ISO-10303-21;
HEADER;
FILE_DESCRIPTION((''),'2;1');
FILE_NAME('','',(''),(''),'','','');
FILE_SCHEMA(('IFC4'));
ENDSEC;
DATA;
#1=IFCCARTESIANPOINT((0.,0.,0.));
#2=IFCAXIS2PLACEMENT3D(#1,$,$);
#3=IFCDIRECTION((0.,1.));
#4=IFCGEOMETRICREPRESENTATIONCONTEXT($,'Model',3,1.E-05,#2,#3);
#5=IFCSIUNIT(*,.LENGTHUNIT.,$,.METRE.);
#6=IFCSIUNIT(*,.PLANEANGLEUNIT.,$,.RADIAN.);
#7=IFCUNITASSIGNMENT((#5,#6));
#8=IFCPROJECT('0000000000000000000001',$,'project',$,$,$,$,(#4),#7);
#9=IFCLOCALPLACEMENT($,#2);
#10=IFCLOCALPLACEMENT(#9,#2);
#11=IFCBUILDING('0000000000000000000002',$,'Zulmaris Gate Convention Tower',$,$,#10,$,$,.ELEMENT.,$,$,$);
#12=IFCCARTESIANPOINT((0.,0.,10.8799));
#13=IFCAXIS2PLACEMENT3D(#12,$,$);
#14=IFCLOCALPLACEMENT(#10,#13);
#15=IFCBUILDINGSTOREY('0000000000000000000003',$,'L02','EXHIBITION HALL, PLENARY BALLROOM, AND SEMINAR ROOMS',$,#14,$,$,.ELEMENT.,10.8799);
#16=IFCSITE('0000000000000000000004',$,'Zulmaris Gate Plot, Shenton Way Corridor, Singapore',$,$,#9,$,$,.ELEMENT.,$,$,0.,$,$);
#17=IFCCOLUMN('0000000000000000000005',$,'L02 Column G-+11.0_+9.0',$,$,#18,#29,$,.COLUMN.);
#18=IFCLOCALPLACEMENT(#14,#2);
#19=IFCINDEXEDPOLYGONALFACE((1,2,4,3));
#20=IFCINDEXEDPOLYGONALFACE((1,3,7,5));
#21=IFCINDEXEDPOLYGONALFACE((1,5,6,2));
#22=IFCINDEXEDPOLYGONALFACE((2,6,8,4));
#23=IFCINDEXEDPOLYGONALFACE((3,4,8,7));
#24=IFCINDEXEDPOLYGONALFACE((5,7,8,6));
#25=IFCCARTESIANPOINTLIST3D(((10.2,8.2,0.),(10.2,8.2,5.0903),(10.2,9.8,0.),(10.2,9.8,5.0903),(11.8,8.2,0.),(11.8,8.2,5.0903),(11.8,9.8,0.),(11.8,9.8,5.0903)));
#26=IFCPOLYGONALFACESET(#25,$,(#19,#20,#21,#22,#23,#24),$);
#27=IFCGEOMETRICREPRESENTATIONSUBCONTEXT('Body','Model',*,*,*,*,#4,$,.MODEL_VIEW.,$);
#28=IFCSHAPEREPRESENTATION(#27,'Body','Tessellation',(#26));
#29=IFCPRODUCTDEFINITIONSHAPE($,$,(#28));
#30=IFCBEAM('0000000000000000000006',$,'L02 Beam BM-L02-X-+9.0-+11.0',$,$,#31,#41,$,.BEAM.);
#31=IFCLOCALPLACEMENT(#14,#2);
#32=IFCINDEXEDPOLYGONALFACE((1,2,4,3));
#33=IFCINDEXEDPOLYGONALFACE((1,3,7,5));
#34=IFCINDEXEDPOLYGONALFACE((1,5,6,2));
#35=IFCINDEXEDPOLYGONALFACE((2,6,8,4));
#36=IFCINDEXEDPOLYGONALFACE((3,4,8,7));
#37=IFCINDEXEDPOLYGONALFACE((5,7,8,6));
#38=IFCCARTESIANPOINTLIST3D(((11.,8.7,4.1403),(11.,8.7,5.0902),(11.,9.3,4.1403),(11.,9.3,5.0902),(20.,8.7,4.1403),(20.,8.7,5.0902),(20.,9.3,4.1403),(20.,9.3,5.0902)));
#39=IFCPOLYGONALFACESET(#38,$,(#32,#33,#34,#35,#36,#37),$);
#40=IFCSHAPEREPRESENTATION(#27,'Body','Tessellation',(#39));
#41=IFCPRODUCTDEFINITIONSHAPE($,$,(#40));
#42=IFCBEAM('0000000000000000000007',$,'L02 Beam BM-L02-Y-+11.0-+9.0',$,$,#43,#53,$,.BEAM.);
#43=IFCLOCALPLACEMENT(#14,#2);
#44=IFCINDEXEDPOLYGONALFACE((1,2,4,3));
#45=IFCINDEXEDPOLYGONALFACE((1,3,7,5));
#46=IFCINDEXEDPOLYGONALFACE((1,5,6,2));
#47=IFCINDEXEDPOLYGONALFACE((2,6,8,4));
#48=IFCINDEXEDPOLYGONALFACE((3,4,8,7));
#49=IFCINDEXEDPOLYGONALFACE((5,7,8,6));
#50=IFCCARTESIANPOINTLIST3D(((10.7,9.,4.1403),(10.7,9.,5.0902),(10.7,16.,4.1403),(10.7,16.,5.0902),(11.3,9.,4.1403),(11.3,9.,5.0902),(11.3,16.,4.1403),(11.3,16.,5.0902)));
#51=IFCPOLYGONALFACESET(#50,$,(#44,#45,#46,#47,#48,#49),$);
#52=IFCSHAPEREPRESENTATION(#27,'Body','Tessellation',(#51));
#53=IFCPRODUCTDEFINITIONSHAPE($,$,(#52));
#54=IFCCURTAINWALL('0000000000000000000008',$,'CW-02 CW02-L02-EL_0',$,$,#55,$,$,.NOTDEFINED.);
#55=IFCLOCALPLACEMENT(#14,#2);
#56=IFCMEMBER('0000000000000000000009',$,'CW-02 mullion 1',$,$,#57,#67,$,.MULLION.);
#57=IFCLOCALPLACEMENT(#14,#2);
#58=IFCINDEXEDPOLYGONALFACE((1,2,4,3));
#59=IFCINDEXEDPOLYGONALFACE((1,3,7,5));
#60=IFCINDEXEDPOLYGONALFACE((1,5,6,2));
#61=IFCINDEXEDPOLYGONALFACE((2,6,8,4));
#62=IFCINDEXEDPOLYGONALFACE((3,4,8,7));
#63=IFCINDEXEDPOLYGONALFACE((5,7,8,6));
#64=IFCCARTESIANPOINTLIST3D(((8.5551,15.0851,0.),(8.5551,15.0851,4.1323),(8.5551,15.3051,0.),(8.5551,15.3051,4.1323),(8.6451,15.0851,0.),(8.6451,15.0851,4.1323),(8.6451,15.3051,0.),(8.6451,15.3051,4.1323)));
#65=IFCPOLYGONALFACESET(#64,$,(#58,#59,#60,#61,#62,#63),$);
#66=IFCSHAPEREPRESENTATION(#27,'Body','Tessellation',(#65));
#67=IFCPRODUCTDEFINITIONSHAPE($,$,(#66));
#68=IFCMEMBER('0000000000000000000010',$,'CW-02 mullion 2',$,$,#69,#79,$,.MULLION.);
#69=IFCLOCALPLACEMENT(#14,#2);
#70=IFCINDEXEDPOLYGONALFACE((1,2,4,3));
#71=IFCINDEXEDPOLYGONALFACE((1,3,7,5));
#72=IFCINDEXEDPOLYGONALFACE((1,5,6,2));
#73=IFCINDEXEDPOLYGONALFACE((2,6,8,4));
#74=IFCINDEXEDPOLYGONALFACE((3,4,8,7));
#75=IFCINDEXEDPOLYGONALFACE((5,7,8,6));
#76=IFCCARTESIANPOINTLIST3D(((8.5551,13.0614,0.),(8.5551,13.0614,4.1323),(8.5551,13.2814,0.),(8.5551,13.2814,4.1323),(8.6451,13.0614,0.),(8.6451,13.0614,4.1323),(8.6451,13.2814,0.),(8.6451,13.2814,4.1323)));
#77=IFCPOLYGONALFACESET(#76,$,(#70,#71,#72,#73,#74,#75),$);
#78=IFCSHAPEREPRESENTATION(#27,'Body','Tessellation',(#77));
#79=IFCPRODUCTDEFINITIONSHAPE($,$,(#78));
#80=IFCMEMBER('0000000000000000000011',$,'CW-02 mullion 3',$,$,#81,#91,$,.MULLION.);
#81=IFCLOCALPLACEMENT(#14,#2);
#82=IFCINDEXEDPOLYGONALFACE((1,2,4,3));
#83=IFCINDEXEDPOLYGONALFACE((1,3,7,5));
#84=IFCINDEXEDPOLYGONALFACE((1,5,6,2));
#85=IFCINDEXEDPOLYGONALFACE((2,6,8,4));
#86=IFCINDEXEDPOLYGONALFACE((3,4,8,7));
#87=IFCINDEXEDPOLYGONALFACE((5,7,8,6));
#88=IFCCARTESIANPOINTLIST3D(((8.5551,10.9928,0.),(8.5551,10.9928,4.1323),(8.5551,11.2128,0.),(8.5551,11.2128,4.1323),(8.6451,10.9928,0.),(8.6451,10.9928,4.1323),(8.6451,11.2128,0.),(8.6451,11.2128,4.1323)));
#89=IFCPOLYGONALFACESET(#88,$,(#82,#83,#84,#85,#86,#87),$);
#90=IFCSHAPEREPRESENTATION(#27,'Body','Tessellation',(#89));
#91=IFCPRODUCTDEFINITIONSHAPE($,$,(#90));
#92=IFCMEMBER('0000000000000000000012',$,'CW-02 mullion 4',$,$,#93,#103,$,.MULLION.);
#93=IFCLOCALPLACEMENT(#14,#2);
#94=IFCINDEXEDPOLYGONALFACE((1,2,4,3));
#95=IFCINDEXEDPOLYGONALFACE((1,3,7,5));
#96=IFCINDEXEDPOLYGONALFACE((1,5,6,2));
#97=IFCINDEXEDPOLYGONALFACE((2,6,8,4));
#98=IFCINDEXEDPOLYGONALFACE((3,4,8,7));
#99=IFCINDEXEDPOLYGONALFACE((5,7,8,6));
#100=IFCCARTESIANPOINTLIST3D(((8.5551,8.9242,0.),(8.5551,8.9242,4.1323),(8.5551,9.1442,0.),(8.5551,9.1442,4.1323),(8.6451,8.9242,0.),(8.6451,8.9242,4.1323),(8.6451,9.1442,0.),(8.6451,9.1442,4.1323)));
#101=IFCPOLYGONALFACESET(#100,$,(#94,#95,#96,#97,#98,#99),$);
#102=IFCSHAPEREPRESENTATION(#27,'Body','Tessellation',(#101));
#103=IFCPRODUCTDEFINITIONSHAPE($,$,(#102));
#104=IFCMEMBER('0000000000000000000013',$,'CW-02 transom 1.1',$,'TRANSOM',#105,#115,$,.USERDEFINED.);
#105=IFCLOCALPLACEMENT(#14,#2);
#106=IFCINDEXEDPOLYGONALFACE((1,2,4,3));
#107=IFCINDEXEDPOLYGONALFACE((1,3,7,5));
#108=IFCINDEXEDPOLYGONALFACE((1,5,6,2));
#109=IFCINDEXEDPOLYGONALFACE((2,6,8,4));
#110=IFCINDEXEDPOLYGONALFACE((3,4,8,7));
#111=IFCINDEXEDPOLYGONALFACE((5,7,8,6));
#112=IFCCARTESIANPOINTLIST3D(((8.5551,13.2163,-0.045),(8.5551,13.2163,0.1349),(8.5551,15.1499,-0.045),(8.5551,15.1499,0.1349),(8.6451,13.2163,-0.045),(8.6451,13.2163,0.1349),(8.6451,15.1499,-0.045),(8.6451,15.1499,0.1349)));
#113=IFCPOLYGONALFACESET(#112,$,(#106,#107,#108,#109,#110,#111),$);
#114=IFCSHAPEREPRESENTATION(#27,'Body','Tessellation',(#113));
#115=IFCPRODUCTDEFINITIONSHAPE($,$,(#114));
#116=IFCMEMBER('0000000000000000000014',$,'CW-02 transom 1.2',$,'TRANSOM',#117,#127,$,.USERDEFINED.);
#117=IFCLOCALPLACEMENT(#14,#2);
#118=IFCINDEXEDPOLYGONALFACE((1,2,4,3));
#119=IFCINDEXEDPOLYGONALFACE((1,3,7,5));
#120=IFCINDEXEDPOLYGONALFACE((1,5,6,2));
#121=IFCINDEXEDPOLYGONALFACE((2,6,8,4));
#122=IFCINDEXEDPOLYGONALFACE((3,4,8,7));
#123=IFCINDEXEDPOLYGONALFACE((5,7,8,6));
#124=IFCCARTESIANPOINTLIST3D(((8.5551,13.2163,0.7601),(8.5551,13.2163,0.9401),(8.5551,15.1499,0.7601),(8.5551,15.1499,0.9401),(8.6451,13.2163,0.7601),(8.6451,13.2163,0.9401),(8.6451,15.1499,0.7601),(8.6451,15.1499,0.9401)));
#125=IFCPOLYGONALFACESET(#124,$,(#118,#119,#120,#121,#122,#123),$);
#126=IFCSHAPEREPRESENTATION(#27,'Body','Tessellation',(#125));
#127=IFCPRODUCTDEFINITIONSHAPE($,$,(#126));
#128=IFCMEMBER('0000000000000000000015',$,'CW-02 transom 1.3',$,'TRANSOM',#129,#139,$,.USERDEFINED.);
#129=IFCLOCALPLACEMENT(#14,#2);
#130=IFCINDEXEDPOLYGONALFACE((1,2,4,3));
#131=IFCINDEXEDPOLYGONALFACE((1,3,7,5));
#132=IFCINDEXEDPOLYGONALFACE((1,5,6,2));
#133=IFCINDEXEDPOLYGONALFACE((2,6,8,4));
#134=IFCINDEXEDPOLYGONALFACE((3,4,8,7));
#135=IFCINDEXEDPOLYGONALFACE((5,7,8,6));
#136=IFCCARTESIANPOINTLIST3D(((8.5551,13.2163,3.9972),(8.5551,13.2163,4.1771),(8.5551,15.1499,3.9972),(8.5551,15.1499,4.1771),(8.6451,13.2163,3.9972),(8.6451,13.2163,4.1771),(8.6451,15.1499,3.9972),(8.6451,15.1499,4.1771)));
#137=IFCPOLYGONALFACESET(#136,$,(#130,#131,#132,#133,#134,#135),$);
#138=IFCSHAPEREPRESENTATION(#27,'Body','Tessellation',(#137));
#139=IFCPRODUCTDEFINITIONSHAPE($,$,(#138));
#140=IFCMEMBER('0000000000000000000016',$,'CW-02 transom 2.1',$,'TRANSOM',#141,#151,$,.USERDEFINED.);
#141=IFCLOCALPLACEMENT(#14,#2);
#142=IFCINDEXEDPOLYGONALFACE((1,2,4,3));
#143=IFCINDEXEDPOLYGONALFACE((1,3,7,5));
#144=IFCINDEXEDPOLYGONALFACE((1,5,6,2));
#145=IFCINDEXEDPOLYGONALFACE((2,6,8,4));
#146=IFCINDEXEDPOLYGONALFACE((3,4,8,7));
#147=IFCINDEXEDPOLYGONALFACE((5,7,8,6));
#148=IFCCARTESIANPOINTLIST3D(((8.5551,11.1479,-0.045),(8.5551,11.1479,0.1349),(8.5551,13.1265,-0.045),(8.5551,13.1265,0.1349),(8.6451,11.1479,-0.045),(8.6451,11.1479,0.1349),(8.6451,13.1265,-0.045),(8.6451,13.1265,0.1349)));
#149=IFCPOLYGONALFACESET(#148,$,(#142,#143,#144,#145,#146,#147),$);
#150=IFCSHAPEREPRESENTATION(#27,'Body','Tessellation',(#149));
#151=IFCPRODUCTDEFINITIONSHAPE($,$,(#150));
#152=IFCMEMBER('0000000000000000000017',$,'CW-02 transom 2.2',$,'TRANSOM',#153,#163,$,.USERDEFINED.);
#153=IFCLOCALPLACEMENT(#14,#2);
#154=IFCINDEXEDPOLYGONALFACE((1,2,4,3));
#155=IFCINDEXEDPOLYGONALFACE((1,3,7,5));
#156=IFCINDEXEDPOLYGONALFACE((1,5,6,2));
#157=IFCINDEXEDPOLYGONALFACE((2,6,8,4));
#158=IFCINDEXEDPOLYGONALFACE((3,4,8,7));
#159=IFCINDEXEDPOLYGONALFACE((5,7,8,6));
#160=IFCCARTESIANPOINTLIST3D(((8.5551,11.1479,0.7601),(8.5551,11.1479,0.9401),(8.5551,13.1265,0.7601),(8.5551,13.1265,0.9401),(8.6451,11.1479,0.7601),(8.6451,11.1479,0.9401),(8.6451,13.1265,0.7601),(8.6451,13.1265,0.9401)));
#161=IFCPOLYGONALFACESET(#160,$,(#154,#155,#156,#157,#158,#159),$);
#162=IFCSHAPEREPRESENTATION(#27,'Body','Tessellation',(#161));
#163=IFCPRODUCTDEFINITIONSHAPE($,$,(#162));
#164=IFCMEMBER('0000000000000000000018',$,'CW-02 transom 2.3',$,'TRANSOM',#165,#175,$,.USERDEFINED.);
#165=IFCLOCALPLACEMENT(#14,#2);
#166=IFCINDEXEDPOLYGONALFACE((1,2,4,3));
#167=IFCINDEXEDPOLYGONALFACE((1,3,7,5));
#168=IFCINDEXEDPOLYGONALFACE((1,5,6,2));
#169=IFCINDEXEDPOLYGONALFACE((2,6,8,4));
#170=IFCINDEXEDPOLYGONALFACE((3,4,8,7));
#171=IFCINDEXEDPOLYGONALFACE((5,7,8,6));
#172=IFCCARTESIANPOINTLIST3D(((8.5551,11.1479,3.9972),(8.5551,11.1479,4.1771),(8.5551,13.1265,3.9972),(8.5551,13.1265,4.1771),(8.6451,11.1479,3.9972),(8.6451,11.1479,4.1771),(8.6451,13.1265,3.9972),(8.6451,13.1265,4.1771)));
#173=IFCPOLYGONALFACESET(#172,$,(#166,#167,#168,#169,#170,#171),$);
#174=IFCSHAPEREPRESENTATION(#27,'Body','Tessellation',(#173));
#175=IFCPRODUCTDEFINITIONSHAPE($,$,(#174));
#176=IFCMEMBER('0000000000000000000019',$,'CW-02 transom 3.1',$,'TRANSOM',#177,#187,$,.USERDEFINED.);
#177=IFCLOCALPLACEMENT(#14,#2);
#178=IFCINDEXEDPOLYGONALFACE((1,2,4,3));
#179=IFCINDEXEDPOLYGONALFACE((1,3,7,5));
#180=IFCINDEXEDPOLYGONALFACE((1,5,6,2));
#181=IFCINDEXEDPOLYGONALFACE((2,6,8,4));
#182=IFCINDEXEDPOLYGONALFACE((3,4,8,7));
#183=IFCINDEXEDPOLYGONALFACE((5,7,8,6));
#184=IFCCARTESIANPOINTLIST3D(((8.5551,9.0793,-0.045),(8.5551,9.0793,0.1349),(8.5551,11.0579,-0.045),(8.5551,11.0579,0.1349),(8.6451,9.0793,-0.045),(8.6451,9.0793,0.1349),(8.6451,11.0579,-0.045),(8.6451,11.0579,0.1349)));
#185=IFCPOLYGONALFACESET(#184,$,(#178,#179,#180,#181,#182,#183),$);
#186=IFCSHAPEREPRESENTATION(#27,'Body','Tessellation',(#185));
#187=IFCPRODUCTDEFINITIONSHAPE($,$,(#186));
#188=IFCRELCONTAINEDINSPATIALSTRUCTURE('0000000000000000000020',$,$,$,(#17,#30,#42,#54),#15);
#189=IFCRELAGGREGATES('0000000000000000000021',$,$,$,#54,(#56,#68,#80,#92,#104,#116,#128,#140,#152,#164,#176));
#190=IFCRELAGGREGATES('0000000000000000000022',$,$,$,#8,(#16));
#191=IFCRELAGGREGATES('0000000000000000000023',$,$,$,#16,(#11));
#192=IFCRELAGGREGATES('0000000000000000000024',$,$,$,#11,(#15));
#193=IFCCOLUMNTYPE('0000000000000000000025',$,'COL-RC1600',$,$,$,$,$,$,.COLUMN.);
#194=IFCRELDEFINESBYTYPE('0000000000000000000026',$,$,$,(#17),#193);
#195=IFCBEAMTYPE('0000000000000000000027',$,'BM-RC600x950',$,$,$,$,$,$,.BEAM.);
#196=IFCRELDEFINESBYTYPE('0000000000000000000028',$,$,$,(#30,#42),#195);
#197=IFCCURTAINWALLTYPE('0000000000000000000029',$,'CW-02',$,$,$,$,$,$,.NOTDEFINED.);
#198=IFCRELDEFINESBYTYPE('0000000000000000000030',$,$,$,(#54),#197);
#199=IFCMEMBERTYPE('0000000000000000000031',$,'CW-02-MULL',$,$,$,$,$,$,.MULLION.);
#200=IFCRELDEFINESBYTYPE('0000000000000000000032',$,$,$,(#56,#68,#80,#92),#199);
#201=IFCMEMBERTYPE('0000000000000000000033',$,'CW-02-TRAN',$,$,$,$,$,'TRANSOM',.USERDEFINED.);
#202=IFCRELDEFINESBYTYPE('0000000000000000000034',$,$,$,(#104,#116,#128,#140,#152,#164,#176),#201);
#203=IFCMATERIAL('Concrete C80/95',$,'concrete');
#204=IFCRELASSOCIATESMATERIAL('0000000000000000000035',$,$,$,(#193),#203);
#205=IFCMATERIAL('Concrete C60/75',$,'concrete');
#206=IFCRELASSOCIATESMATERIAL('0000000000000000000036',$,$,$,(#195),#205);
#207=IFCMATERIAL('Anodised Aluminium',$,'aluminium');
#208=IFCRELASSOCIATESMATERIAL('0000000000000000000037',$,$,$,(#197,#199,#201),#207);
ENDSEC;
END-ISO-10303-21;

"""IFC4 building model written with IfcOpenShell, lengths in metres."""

from ifc_helpers import new_model, si_unit, direction, frame, origin, origin_2d, place, context, subcontext, project, spatial, rectangle, extrude, material, material_profile, profile_set, type_object, element, aggregate, save


model = new_model("IFC4")

# Units and contexts
model_context = context("Model", 3, precision=1e-05, world=origin(), true_north=direction((0.0, 1.0)))
body_context = subcontext(model_context, "Body", "Model", "MODEL_VIEW")
ifc_project = project(units=[si_unit("LENGTHUNIT", "METRE"), si_unit("PLANEANGLEUNIT", "RADIAN")], contexts=[model_context])

# Site, building, storey
site_placement = place(None, origin())
site = spatial("IfcSite", under=ifc_project, at=site_placement, Name="Zulmaris Gate Plot, Shenton Way Corridor, Singapore", CompositionType="ELEMENT", RefElevation=0.0)
building_placement = place(site_placement, origin())
building = spatial("IfcBuilding", under=site, at=building_placement, Name="Zulmaris Gate Convention Tower", CompositionType="ELEMENT")
storey_placement = place(building_placement, frame((0.0, 0.0, 10.8799)))
storey = spatial("IfcBuildingStorey", under=building, at=storey_placement, Name="L02", Description="EXHIBITION HALL, PLENARY BALLROOM, AND SEMINAR ROOMS", CompositionType="ELEMENT", Elevation=10.8799)

# Column
ifc_material_1 = material(Name="Concrete C80/95", Category="concrete")
ifc_material_profile_1 = material_profile(ifc_material_1, rectangle(XDim=1.6001, YDim=1.6001, at=origin_2d()), Name="RC COL 1600x1600")
ifc_profile_set_1 = profile_set([ifc_material_profile_1], Name="Concrete C80/95")
column_type = type_object("IfcColumnType", Name="COL-RC1600", PredefinedType="COLUMN", material=ifc_profile_set_1)
column_placement = place(storey_placement, frame((11.0, 9.0, 0.0), z_axis=(0.0, 0.0, 1.0), x_axis=(1.0, 0.0, 0.0)))
element("IfcColumn", 1, at=column_placement, inside=storey, type_object=column_type, Name="L02 Column G-+11.0_+9.0", PredefinedType="COLUMN", context=body_context, shape_type="SweptSolid", body=[
    extrude(rectangle(XDim=1.6001, YDim=1.6001, at=origin_2d()), origin(), (0.0, 0.0, 1.0), 5.0903),
])

# Beams
ifc_material_2 = material(Name="Concrete C60/75", Category="concrete")
ifc_material_profile_2 = material_profile(ifc_material_2, rectangle(XDim=0.6001, YDim=0.95, at=origin_2d()), Name="RC BEAM 600x950")
ifc_profile_set_2 = profile_set([ifc_material_profile_2], Name="Concrete C60/75")
beam_type = type_object("IfcBeamType", Name="BM-RC600x950", PredefinedType="BEAM", material=ifc_profile_set_2)
beam_1_placement = place(storey_placement, frame((11.0, 9.0, 4.6152), z_axis=(1.0, 0.0, 0.0), x_axis=(0.0, 1.0, 0.0)))
element("IfcBeam", 2, at=beam_1_placement, inside=storey, type_object=beam_type, Name="L02 Beam BM-L02-X-+9.0-+11.0", PredefinedType="BEAM", context=body_context, shape_type="SweptSolid", body=[
    extrude(rectangle(XDim=0.6001, YDim=0.95, at=origin_2d()), origin(), (0.0, 0.0, 1.0), 9.0),
])
beam_2_placement = place(storey_placement, frame((11.0, 9.0, 4.6152), z_axis=(0.0, 1.0, 0.0), x_axis=(-1.0, 0.0, 0.0)))
element("IfcBeam", 3, at=beam_2_placement, inside=storey, type_object=beam_type, Name="L02 Beam BM-L02-Y-+11.0-+9.0", PredefinedType="BEAM", context=body_context, shape_type="SweptSolid", body=[
    extrude(rectangle(XDim=0.6001, YDim=0.95, at=origin_2d()), origin(), (0.0, 0.0, 1.0), 7.0),
])

# Curtain wall, members
ifc_material_3 = material(Name="Anodised Aluminium", Category="aluminium")
curtain_wall_type = type_object("IfcCurtainWallType", Name="CW-02", PredefinedType="NOTDEFINED", material=ifc_material_3)
curtain_wall_placement = place(storey_placement, origin())
curtain_wall = element("IfcCurtainWall", 4, at=curtain_wall_placement, inside=storey, type_object=curtain_wall_type, Name="CW-02 CW02-L02-EL_0", PredefinedType="NOTDEFINED")
ifc_material_profile_3 = material_profile(ifc_material_3, rectangle(XDim=0.0901, YDim=0.22, at=origin_2d()), Name="ALU MULLION 90x220")
ifc_profile_set_3 = profile_set([ifc_material_profile_3], Name="Anodised Aluminium")
member_type_1 = type_object("IfcMemberType", Name="CW-02-MULL", PredefinedType="MULLION", material=ifc_profile_set_3)
member_1_placement = place(storey_placement, frame((8.6001, 15.1951, 0.0), z_axis=(0.0, 0.0, 1.0), x_axis=(1.0, 0.0, 0.0)))
member_1 = element("IfcMember", 5, at=member_1_placement, type_object=member_type_1, Name="CW-02 mullion 1", PredefinedType="MULLION", context=body_context, shape_type="SweptSolid", body=[
    extrude(rectangle(XDim=0.0901, YDim=0.22, at=origin_2d()), origin(), (0.0, 0.0, 1.0), 4.1323),
])
member_2_placement = place(storey_placement, frame((8.6001, 13.1714, 0.0), z_axis=(0.0, 0.0, 1.0), x_axis=(1.0, 0.0, 0.0)))
member_2 = element("IfcMember", 6, at=member_2_placement, type_object=member_type_1, Name="CW-02 mullion 2", PredefinedType="MULLION", context=body_context, shape_type="SweptSolid", body=[
    extrude(rectangle(XDim=0.0901, YDim=0.22, at=origin_2d()), origin(), (0.0, 0.0, 1.0), 4.1323),
])
member_3_placement = place(storey_placement, frame((8.6001, 11.1028, 0.0), z_axis=(0.0, 0.0, 1.0), x_axis=(1.0, 0.0, 0.0)))
member_3 = element("IfcMember", 7, at=member_3_placement, type_object=member_type_1, Name="CW-02 mullion 3", PredefinedType="MULLION", context=body_context, shape_type="SweptSolid", body=[
    extrude(rectangle(XDim=0.0901, YDim=0.22, at=origin_2d()), origin(), (0.0, 0.0, 1.0), 4.1323),
])
member_4_placement = place(storey_placement, frame((8.6001, 9.0342, 0.0), z_axis=(0.0, 0.0, 1.0), x_axis=(1.0, 0.0, 0.0)))
member_4 = element("IfcMember", 8, at=member_4_placement, type_object=member_type_1, Name="CW-02 mullion 4", PredefinedType="MULLION", context=body_context, shape_type="SweptSolid", body=[
    extrude(rectangle(XDim=0.0901, YDim=0.22, at=origin_2d()), origin(), (0.0, 0.0, 1.0), 4.1323),
])
ifc_material_profile_4 = material_profile(ifc_material_3, rectangle(XDim=0.0901, YDim=0.1799, at=origin_2d()), Name="ALU TRANSOM 90x180")
ifc_profile_set_4 = profile_set([ifc_material_profile_4], Name="Anodised Aluminium")
member_type_2 = type_object("IfcMemberType", Name="CW-02-TRAN", ElementType="TRANSOM", PredefinedType="USERDEFINED", material=ifc_profile_set_4)
member_5_placement = place(storey_placement, frame((8.6001, 15.1499, 0.0449), z_axis=(0.0, -1.0, 0.0), x_axis=(1.0, 0.0, 0.0)))
member_5 = element("IfcMember", 9, at=member_5_placement, type_object=member_type_2, Name="CW-02 transom 1.1", ObjectType="TRANSOM", PredefinedType="USERDEFINED", context=body_context, shape_type="SweptSolid", body=[
    extrude(rectangle(XDim=0.0901, YDim=0.1799, at=origin_2d()), origin(), (0.0, 0.0, 1.0), 1.9336),
])
member_6_placement = place(storey_placement, frame((8.6001, 15.1499, 0.8501), z_axis=(0.0, -1.0, 0.0), x_axis=(1.0, 0.0, 0.0)))
member_6 = element("IfcMember", 10, at=member_6_placement, type_object=member_type_2, Name="CW-02 transom 1.2", ObjectType="TRANSOM", PredefinedType="USERDEFINED", context=body_context, shape_type="SweptSolid", body=[
    extrude(rectangle(XDim=0.0901, YDim=0.1799, at=origin_2d()), origin(), (0.0, 0.0, 1.0), 1.9336),
])
member_7_placement = place(storey_placement, frame((8.6001, 15.1499, 4.0872), z_axis=(0.0, -1.0, 0.0), x_axis=(1.0, 0.0, 0.0)))
member_7 = element("IfcMember", 11, at=member_7_placement, type_object=member_type_2, Name="CW-02 transom 1.3", ObjectType="TRANSOM", PredefinedType="USERDEFINED", context=body_context, shape_type="SweptSolid", body=[
    extrude(rectangle(XDim=0.0901, YDim=0.1799, at=origin_2d()), origin(), (0.0, 0.0, 1.0), 1.9336),
])
member_8_placement = place(storey_placement, frame((8.6001, 13.1265, 0.0449), z_axis=(0.0, -1.0, 0.0), x_axis=(1.0, 0.0, 0.0)))
member_8 = element("IfcMember", 12, at=member_8_placement, type_object=member_type_2, Name="CW-02 transom 2.1", ObjectType="TRANSOM", PredefinedType="USERDEFINED", context=body_context, shape_type="SweptSolid", body=[
    extrude(rectangle(XDim=0.0901, YDim=0.1799, at=origin_2d()), origin(), (0.0, 0.0, 1.0), 1.9785),
])
member_9_placement = place(storey_placement, frame((8.6001, 13.1265, 0.8501), z_axis=(0.0, -1.0, 0.0), x_axis=(1.0, 0.0, 0.0)))
member_9 = element("IfcMember", 13, at=member_9_placement, type_object=member_type_2, Name="CW-02 transom 2.2", ObjectType="TRANSOM", PredefinedType="USERDEFINED", context=body_context, shape_type="SweptSolid", body=[
    extrude(rectangle(XDim=0.0901, YDim=0.1799, at=origin_2d()), origin(), (0.0, 0.0, 1.0), 1.9785),
])
member_10_placement = place(storey_placement, frame((8.6001, 13.1265, 4.0872), z_axis=(0.0, -1.0, 0.0), x_axis=(1.0, 0.0, 0.0)))
member_10 = element("IfcMember", 14, at=member_10_placement, type_object=member_type_2, Name="CW-02 transom 2.3", ObjectType="TRANSOM", PredefinedType="USERDEFINED", context=body_context, shape_type="SweptSolid", body=[
    extrude(rectangle(XDim=0.0901, YDim=0.1799, at=origin_2d()), origin(), (0.0, 0.0, 1.0), 1.9785),
])
member_11_placement = place(storey_placement, frame((8.6001, 11.0579, 0.0449), z_axis=(0.0, -1.0, 0.0), x_axis=(1.0, 0.0, 0.0)))
member_11 = element("IfcMember", 15, at=member_11_placement, type_object=member_type_2, Name="CW-02 transom 3.1", ObjectType="TRANSOM", PredefinedType="USERDEFINED", context=body_context, shape_type="SweptSolid", body=[
    extrude(rectangle(XDim=0.0901, YDim=0.1799, at=origin_2d()), origin(), (0.0, 0.0, 1.0), 1.9785),
])
aggregate(curtain_wall, [member_1, member_2, member_3, member_4, member_5, member_6, member_7, member_8, member_9, member_10, member_11])

save(model, "model.ifc")
